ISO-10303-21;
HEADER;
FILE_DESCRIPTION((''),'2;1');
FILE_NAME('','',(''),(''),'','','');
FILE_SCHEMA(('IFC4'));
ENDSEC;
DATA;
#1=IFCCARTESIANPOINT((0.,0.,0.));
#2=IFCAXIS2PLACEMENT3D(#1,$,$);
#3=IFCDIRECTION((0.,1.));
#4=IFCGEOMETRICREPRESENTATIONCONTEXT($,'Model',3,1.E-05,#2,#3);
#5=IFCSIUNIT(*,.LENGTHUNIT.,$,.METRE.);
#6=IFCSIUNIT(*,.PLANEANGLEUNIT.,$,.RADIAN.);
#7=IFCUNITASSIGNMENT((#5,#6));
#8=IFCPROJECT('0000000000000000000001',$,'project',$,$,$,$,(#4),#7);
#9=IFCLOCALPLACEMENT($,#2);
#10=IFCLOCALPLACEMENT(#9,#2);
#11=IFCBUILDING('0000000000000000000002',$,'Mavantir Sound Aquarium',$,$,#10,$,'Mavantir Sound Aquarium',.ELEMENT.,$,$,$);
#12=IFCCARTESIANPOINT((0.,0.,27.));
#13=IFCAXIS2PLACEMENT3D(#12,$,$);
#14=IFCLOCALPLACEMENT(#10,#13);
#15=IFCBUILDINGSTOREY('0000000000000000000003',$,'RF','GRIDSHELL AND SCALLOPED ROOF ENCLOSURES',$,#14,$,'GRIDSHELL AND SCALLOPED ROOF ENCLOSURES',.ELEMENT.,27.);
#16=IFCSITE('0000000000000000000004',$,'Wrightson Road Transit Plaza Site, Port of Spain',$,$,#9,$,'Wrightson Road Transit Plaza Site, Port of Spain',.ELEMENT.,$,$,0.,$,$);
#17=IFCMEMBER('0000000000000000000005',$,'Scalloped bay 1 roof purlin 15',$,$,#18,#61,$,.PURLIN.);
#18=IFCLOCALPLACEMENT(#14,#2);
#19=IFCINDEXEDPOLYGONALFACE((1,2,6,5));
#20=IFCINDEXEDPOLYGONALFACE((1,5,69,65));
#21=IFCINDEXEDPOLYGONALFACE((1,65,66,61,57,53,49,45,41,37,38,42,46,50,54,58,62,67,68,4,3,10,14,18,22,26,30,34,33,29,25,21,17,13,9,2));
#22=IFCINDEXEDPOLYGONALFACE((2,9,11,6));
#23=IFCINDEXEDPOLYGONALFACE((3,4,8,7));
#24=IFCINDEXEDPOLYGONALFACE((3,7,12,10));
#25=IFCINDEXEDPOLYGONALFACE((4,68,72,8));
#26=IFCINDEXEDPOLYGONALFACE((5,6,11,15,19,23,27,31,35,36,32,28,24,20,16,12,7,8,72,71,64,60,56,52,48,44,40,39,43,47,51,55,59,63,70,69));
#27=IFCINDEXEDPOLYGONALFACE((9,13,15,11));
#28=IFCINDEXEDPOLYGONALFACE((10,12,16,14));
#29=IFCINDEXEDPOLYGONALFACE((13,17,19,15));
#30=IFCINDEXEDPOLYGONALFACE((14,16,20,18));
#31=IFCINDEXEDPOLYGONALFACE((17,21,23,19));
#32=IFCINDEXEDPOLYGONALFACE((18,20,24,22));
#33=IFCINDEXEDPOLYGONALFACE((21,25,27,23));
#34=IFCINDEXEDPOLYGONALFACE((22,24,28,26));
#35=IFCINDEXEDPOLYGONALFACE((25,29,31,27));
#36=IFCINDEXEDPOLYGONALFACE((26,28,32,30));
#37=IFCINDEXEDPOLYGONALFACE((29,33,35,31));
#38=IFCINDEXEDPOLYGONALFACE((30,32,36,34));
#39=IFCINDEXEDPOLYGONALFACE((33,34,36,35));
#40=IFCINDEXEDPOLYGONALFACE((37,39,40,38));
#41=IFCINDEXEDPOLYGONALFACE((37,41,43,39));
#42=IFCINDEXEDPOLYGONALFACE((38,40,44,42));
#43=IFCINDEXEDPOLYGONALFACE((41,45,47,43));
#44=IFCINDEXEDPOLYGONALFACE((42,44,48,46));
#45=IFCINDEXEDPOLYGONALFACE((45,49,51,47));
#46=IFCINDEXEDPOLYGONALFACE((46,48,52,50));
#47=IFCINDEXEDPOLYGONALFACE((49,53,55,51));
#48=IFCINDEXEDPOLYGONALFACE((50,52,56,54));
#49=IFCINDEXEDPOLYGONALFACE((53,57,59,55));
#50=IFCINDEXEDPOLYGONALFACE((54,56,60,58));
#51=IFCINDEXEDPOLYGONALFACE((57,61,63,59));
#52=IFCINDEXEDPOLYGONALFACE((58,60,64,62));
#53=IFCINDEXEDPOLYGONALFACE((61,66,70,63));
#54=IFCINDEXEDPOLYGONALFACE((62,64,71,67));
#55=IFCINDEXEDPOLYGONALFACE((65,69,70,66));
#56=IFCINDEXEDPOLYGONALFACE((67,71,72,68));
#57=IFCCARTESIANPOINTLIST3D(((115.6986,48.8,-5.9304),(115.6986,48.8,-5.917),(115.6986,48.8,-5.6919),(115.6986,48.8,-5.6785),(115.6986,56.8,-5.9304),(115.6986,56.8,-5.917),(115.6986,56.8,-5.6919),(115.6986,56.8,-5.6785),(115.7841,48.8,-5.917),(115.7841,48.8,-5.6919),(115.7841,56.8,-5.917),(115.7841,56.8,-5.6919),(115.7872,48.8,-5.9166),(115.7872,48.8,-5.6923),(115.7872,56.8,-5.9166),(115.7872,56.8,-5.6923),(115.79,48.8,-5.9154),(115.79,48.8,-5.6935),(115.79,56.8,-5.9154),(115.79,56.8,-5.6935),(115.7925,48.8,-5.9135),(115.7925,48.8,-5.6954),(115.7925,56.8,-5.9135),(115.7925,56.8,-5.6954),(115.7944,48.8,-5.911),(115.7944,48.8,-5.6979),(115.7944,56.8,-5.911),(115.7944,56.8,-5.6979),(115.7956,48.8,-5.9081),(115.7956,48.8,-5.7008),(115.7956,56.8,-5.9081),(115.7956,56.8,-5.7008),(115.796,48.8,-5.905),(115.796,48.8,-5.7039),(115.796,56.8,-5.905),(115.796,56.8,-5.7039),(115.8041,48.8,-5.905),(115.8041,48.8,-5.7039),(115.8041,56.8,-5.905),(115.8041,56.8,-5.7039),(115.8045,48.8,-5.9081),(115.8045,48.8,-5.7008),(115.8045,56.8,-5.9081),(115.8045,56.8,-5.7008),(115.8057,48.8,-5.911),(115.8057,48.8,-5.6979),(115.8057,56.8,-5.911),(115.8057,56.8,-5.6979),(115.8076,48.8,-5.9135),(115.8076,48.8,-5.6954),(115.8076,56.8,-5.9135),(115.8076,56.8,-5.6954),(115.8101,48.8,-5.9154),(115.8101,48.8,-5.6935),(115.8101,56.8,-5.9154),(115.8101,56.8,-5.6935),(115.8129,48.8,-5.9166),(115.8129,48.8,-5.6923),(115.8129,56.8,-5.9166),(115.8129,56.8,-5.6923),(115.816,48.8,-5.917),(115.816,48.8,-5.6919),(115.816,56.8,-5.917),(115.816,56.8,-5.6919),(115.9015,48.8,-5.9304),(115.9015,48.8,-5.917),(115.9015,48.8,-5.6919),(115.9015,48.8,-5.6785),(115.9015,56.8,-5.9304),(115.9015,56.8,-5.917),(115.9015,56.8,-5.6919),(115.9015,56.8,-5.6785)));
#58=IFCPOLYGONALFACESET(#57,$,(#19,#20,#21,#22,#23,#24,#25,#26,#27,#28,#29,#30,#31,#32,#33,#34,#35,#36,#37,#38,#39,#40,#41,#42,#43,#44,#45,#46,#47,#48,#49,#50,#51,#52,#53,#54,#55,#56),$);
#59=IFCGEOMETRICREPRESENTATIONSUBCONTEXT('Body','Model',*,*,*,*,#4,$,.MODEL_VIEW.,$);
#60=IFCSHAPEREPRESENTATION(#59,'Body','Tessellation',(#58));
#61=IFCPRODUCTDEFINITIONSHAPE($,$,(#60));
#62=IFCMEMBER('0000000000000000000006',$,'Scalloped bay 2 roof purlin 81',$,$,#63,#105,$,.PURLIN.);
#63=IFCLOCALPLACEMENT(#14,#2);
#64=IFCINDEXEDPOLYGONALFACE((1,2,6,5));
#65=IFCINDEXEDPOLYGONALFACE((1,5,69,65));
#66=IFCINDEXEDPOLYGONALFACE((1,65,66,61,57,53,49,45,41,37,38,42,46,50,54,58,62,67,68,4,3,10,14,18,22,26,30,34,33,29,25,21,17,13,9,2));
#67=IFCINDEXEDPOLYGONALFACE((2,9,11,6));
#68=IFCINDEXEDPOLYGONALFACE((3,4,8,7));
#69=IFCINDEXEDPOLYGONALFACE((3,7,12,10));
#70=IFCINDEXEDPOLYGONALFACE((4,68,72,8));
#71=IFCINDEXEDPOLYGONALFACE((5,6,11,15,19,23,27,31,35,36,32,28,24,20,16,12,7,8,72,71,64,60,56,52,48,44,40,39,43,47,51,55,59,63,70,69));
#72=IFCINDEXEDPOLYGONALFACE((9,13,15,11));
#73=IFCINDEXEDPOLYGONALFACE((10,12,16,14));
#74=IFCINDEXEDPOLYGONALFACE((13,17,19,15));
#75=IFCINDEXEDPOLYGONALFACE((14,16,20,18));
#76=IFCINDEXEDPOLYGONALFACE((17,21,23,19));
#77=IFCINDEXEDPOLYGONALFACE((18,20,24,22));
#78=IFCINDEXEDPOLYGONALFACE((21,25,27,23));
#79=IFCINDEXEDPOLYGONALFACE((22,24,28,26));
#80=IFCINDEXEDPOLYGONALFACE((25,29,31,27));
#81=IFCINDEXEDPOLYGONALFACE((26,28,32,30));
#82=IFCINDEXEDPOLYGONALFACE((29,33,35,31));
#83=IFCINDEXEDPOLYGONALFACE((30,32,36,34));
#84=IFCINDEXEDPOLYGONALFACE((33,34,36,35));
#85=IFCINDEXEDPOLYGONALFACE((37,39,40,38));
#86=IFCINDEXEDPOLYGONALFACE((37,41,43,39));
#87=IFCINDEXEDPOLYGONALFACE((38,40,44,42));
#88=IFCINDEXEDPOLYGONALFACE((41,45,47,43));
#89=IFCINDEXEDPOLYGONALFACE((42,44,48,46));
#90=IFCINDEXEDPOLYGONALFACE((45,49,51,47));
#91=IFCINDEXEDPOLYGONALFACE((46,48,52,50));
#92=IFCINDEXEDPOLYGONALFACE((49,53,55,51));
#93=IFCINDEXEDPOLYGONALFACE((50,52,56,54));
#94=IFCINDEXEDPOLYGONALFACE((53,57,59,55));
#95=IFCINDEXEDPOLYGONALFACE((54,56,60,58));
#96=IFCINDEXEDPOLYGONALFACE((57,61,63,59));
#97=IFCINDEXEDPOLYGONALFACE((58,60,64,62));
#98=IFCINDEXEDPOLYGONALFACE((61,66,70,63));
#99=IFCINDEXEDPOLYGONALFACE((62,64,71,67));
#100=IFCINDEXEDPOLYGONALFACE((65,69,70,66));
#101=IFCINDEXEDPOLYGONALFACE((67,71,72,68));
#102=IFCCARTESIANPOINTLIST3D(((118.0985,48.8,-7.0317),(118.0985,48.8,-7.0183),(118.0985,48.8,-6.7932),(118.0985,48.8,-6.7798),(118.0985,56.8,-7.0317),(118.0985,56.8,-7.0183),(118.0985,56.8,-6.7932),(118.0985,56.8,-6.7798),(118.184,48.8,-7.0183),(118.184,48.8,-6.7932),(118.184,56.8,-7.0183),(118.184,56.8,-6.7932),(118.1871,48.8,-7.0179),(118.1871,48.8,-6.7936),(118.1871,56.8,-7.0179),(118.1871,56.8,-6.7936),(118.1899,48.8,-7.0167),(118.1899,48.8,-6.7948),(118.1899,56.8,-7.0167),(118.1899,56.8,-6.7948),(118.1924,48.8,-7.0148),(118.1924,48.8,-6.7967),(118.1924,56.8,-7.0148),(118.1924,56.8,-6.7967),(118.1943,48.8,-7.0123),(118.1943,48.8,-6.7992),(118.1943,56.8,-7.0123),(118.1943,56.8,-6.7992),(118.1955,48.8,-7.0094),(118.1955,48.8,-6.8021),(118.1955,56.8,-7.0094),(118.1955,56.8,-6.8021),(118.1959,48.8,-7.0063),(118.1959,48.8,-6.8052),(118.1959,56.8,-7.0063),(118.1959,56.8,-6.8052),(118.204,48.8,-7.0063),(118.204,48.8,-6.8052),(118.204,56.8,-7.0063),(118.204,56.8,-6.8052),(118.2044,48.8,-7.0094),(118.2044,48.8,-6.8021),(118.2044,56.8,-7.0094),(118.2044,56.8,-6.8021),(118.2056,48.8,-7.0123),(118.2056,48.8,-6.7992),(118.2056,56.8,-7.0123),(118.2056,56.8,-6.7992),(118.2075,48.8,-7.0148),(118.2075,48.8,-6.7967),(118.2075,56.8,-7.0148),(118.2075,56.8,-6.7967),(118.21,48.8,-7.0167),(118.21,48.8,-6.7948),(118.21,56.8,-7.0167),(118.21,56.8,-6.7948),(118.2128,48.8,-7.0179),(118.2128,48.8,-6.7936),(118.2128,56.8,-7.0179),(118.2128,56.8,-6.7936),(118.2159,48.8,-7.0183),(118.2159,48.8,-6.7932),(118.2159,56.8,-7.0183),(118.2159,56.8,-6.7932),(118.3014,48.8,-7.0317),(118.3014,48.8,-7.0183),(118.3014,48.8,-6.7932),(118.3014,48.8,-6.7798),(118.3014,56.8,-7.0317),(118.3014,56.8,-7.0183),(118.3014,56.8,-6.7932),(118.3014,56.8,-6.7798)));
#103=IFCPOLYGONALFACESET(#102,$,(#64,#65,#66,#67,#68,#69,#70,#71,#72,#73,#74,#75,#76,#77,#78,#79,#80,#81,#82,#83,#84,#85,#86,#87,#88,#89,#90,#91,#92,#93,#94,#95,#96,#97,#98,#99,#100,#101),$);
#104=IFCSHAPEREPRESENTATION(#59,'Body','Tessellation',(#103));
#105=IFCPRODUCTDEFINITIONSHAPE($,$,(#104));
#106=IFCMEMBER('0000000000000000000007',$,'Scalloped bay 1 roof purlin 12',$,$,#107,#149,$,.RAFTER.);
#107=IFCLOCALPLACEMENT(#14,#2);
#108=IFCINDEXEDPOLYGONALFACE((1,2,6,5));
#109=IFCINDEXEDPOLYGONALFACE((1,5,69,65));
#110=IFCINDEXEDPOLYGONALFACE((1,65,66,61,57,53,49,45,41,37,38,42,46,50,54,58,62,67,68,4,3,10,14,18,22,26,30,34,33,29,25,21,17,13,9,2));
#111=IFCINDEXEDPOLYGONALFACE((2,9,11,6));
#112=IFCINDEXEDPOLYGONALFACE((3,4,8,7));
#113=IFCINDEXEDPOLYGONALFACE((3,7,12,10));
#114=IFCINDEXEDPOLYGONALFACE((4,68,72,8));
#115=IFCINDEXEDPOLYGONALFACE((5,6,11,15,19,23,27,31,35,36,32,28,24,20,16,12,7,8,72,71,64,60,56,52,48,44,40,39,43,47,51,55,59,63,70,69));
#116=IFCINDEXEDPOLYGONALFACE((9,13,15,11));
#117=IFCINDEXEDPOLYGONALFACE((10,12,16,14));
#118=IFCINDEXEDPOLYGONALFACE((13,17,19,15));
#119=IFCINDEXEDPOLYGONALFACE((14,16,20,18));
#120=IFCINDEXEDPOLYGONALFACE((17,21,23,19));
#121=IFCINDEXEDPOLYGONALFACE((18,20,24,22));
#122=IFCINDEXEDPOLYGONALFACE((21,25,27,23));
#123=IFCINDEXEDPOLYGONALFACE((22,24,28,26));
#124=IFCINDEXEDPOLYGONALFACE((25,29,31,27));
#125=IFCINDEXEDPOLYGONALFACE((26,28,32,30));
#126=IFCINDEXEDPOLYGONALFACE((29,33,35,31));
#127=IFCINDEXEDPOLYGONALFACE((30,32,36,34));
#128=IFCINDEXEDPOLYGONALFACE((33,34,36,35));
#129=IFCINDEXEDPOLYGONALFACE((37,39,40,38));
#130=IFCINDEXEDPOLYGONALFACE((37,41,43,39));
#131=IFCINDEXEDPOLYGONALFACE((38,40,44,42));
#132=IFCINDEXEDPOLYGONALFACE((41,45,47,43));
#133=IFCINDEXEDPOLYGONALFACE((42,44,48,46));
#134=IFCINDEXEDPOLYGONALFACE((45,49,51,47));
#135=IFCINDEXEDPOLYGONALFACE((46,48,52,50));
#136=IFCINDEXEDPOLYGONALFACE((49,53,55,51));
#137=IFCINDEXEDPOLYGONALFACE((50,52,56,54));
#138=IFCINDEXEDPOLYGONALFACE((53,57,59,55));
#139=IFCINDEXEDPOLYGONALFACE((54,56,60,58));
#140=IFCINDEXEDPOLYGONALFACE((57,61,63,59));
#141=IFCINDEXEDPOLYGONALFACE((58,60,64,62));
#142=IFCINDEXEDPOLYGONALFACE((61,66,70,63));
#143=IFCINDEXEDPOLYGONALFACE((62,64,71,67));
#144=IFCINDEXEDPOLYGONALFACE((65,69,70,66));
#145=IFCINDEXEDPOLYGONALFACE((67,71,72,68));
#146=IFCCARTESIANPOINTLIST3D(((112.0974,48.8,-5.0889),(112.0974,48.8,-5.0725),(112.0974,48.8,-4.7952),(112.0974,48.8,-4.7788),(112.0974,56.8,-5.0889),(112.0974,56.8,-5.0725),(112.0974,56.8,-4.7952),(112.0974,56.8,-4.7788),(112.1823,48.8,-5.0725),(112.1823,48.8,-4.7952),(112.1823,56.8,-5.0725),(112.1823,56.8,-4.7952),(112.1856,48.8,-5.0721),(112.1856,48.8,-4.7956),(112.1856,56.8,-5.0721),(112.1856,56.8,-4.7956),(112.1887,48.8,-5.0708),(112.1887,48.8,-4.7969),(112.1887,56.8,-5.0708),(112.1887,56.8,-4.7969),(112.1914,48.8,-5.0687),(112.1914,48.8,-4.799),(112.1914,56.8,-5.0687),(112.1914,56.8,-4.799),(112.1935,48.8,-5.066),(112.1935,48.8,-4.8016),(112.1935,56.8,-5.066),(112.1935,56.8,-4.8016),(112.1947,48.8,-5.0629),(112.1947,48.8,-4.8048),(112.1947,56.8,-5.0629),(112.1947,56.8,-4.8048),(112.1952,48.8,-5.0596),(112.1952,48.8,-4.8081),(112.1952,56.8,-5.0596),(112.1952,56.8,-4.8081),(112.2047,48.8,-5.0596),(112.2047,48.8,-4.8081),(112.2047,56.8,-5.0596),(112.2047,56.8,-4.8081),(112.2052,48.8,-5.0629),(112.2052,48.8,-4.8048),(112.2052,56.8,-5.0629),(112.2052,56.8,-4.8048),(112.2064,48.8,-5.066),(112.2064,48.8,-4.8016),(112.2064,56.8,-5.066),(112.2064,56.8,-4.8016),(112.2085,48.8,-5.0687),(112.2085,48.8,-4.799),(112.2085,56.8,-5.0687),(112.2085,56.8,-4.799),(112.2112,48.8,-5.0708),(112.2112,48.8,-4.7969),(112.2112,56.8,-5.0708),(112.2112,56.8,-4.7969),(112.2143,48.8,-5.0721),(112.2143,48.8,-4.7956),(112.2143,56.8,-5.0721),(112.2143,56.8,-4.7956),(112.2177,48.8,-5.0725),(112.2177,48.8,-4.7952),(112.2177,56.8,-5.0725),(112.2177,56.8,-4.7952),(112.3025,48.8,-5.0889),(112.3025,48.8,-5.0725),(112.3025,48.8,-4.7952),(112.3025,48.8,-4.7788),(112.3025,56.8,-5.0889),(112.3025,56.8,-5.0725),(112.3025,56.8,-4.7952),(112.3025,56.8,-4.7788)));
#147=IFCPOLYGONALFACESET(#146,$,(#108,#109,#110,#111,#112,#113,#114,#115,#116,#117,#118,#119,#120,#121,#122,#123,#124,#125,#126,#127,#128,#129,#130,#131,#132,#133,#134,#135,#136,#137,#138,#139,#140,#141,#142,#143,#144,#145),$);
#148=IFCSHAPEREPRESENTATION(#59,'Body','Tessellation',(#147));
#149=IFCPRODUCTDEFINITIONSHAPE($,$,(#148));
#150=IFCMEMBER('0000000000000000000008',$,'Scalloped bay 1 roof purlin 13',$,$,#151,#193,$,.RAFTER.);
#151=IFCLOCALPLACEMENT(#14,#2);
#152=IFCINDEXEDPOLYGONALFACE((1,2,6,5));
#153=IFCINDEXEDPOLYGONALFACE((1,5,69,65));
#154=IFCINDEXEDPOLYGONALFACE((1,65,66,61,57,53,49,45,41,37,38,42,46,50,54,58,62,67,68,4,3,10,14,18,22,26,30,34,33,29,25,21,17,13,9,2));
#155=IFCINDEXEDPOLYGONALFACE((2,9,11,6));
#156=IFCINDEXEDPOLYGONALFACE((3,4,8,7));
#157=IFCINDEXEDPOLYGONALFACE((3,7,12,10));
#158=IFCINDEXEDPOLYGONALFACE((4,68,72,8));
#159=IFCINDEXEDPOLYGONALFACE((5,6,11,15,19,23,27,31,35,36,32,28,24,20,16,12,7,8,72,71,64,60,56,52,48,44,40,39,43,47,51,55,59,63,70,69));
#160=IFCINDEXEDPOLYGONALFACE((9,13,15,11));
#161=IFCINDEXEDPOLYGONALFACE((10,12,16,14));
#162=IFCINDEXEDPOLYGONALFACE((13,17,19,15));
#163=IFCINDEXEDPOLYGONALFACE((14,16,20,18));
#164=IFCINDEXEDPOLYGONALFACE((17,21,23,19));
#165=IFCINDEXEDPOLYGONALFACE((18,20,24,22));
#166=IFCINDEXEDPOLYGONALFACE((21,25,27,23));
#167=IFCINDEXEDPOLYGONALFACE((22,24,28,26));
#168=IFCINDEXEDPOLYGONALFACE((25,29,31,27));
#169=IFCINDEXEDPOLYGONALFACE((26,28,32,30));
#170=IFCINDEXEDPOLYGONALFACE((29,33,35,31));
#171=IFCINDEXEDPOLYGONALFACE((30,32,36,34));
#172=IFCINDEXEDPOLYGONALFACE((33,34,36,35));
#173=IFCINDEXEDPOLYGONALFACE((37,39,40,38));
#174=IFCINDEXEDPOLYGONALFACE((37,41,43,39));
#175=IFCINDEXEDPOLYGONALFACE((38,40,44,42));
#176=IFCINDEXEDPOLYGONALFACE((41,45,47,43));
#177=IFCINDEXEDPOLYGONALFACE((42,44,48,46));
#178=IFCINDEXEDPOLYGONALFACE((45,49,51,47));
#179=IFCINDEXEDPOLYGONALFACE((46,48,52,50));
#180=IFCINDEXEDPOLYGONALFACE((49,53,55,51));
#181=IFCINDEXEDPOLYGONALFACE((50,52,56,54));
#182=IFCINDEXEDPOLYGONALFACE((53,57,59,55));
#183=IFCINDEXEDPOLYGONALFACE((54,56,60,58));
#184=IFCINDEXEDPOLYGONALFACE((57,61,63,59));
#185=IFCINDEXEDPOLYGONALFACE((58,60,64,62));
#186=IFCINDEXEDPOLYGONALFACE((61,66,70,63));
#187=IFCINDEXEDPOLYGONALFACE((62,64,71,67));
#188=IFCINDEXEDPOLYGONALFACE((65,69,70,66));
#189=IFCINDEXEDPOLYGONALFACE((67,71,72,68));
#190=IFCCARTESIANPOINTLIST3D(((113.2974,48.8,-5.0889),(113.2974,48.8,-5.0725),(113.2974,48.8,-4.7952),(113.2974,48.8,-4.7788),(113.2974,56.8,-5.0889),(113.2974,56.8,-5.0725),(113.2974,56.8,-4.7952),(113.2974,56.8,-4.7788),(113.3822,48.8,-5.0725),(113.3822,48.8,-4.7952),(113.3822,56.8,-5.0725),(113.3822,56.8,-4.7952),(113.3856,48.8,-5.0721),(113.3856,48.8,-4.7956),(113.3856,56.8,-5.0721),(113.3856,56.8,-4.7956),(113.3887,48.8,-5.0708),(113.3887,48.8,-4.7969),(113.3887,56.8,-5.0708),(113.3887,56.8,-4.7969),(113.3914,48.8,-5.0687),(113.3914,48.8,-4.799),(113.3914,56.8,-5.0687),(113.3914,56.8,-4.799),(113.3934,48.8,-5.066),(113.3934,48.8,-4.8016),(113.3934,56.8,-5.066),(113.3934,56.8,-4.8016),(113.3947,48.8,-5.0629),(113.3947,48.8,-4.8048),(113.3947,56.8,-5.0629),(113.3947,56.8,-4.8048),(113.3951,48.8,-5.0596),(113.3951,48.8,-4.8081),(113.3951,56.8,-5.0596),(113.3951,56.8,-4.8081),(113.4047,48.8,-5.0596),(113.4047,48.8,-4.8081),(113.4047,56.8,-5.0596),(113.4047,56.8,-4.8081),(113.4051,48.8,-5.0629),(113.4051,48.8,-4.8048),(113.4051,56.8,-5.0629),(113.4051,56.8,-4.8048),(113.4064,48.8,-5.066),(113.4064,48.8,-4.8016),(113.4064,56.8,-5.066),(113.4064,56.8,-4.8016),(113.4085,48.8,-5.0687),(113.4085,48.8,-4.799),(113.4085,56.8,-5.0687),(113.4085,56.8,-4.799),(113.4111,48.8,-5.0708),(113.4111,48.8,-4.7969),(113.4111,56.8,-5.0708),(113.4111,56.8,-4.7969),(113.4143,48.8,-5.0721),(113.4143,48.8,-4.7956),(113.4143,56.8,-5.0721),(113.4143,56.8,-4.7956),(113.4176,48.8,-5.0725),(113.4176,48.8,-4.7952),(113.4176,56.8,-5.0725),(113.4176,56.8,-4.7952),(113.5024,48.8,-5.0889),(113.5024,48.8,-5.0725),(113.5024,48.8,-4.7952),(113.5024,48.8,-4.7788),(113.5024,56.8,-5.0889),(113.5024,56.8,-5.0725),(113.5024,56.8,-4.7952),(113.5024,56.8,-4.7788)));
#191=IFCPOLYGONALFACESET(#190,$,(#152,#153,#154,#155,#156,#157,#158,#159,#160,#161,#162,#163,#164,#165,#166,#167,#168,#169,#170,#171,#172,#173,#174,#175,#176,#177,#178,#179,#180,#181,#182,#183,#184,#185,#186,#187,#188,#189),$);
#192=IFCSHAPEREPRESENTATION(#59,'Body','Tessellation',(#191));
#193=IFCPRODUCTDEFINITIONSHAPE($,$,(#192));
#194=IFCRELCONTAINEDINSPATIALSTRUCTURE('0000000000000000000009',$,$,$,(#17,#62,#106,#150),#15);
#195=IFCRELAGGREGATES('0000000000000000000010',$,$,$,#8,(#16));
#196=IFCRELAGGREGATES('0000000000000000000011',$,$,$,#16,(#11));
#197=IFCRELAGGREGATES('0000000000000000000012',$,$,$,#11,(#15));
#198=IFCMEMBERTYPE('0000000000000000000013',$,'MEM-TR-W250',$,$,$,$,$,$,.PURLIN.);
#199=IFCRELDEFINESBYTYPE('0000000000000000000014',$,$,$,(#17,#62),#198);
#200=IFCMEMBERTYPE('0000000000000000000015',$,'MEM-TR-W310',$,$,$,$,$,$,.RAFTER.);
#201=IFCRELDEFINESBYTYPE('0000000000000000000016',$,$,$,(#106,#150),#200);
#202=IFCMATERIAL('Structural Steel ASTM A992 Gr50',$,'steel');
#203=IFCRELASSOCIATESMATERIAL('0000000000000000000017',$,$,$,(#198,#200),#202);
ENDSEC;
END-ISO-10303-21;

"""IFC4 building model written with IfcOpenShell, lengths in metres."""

from ifc_helpers import new_model, si_unit, direction, frame, origin, origin_2d, place, context, subcontext, project, spatial, i_section, extrude, material, material_profile, profile_set, type_object, element, save


model = new_model("IFC4")

# Units and contexts
model_context = context("Model", 3, precision=1e-05, world=origin(), true_north=direction((0.0, 1.0)))
body_context = subcontext(model_context, "Body", "Model", "MODEL_VIEW")
ifc_project = project(units=[si_unit("LENGTHUNIT", "METRE"), si_unit("PLANEANGLEUNIT", "RADIAN")], contexts=[model_context])

# Site, building, storey
site_placement = place(None, origin())
site = spatial("IfcSite", under=ifc_project, at=site_placement, Name="Wrightson Road Transit Plaza Site, Port of Spain", LongName="Wrightson Road Transit Plaza Site, Port of Spain", CompositionType="ELEMENT", RefElevation=0.0)
building_placement = place(site_placement, origin())
building = spatial("IfcBuilding", under=site, at=building_placement, Name="Mavantir Sound Aquarium", LongName="Mavantir Sound Aquarium", CompositionType="ELEMENT")
storey_placement = place(building_placement, frame((0.0, 0.0, 27.0)))
storey = spatial("IfcBuildingStorey", under=building, at=storey_placement, Name="RF", Description="GRIDSHELL AND SCALLOPED ROOF ENCLOSURES", LongName="GRIDSHELL AND SCALLOPED ROOF ENCLOSURES", CompositionType="ELEMENT", Elevation=27.0)

# Shared definitions
ifc_material_1 = material(Name="Structural Steel ASTM A992 Gr50", Category="steel")

# Members
ifc_material_profile_1 = material_profile(ifc_material_1, i_section(OverallWidth=0.2029, OverallDepth=0.252, WebThickness=0.0081, FlangeThickness=0.0134, FilletRadius=0.012, at=origin_2d()), Name="W250X58")
ifc_profile_set_1 = profile_set([ifc_material_profile_1], Name="Structural Steel ASTM A992 Gr50")
member_type_1 = type_object("IfcMemberType", Name="MEM-TR-W250", PredefinedType="PURLIN", material=ifc_profile_set_1)
for number, where, z_axis, x_axis, name in (
    (1, (115.8, 48.8, -5.8044), (0.0, 1.0, 0.0), (-1.0, 0.0, 0.0), "Scalloped bay 1 roof purlin 15"),
    (2, (118.2, 48.8, -6.9058), (0.0, 1.0, 0.0), (-1.0, 0.0, 0.0), "Scalloped bay 2 roof purlin 81"),
):
    element("IfcMember", number, at=place(storey_placement, frame(where, z_axis=z_axis, x_axis=x_axis)), inside=storey, type_object=member_type_1, Name=name, PredefinedType="PURLIN", context=body_context, shape_type="SweptSolid", body=[
        extrude(i_section(OverallWidth=0.2029, OverallDepth=0.252, WebThickness=0.0081, FlangeThickness=0.0134, FilletRadius=0.012, at=origin_2d()), origin(), (0.0, 0.0, 1.0), 8.0),
    ])
ifc_material_profile_2 = material_profile(ifc_material_1, i_section(OverallWidth=0.2051, OverallDepth=0.3101, WebThickness=0.0095, FlangeThickness=0.0164, FilletRadius=0.0129, at=origin_2d()), Name="W310X74")
ifc_profile_set_2 = profile_set([ifc_material_profile_2], Name="Structural Steel ASTM A992 Gr50")
member_type_2 = type_object("IfcMemberType", Name="MEM-TR-W310", PredefinedType="RAFTER", material=ifc_profile_set_2)
for number, where, z_axis, x_axis, name in (
    (3, (112.2, 48.8, -4.9338), (0.0, 1.0, 0.0), (-1.0, 0.0, 0.0), "Scalloped bay 1 roof purlin 12"),
    (4, (113.3999, 48.8, -4.9338), (0.0, 1.0, 0.0), (-1.0, 0.0, 0.0), "Scalloped bay 1 roof purlin 13"),
):
    element("IfcMember", number, at=place(storey_placement, frame(where, z_axis=z_axis, x_axis=x_axis)), inside=storey, type_object=member_type_2, Name=name, PredefinedType="RAFTER", context=body_context, shape_type="SweptSolid", body=[
        extrude(i_section(OverallWidth=0.2051, OverallDepth=0.3101, WebThickness=0.0095, FlangeThickness=0.0164, FilletRadius=0.0129, at=origin_2d()), origin(), (0.0, 0.0, 1.0), 8.0),
    ])

save(model, "model.ifc")
